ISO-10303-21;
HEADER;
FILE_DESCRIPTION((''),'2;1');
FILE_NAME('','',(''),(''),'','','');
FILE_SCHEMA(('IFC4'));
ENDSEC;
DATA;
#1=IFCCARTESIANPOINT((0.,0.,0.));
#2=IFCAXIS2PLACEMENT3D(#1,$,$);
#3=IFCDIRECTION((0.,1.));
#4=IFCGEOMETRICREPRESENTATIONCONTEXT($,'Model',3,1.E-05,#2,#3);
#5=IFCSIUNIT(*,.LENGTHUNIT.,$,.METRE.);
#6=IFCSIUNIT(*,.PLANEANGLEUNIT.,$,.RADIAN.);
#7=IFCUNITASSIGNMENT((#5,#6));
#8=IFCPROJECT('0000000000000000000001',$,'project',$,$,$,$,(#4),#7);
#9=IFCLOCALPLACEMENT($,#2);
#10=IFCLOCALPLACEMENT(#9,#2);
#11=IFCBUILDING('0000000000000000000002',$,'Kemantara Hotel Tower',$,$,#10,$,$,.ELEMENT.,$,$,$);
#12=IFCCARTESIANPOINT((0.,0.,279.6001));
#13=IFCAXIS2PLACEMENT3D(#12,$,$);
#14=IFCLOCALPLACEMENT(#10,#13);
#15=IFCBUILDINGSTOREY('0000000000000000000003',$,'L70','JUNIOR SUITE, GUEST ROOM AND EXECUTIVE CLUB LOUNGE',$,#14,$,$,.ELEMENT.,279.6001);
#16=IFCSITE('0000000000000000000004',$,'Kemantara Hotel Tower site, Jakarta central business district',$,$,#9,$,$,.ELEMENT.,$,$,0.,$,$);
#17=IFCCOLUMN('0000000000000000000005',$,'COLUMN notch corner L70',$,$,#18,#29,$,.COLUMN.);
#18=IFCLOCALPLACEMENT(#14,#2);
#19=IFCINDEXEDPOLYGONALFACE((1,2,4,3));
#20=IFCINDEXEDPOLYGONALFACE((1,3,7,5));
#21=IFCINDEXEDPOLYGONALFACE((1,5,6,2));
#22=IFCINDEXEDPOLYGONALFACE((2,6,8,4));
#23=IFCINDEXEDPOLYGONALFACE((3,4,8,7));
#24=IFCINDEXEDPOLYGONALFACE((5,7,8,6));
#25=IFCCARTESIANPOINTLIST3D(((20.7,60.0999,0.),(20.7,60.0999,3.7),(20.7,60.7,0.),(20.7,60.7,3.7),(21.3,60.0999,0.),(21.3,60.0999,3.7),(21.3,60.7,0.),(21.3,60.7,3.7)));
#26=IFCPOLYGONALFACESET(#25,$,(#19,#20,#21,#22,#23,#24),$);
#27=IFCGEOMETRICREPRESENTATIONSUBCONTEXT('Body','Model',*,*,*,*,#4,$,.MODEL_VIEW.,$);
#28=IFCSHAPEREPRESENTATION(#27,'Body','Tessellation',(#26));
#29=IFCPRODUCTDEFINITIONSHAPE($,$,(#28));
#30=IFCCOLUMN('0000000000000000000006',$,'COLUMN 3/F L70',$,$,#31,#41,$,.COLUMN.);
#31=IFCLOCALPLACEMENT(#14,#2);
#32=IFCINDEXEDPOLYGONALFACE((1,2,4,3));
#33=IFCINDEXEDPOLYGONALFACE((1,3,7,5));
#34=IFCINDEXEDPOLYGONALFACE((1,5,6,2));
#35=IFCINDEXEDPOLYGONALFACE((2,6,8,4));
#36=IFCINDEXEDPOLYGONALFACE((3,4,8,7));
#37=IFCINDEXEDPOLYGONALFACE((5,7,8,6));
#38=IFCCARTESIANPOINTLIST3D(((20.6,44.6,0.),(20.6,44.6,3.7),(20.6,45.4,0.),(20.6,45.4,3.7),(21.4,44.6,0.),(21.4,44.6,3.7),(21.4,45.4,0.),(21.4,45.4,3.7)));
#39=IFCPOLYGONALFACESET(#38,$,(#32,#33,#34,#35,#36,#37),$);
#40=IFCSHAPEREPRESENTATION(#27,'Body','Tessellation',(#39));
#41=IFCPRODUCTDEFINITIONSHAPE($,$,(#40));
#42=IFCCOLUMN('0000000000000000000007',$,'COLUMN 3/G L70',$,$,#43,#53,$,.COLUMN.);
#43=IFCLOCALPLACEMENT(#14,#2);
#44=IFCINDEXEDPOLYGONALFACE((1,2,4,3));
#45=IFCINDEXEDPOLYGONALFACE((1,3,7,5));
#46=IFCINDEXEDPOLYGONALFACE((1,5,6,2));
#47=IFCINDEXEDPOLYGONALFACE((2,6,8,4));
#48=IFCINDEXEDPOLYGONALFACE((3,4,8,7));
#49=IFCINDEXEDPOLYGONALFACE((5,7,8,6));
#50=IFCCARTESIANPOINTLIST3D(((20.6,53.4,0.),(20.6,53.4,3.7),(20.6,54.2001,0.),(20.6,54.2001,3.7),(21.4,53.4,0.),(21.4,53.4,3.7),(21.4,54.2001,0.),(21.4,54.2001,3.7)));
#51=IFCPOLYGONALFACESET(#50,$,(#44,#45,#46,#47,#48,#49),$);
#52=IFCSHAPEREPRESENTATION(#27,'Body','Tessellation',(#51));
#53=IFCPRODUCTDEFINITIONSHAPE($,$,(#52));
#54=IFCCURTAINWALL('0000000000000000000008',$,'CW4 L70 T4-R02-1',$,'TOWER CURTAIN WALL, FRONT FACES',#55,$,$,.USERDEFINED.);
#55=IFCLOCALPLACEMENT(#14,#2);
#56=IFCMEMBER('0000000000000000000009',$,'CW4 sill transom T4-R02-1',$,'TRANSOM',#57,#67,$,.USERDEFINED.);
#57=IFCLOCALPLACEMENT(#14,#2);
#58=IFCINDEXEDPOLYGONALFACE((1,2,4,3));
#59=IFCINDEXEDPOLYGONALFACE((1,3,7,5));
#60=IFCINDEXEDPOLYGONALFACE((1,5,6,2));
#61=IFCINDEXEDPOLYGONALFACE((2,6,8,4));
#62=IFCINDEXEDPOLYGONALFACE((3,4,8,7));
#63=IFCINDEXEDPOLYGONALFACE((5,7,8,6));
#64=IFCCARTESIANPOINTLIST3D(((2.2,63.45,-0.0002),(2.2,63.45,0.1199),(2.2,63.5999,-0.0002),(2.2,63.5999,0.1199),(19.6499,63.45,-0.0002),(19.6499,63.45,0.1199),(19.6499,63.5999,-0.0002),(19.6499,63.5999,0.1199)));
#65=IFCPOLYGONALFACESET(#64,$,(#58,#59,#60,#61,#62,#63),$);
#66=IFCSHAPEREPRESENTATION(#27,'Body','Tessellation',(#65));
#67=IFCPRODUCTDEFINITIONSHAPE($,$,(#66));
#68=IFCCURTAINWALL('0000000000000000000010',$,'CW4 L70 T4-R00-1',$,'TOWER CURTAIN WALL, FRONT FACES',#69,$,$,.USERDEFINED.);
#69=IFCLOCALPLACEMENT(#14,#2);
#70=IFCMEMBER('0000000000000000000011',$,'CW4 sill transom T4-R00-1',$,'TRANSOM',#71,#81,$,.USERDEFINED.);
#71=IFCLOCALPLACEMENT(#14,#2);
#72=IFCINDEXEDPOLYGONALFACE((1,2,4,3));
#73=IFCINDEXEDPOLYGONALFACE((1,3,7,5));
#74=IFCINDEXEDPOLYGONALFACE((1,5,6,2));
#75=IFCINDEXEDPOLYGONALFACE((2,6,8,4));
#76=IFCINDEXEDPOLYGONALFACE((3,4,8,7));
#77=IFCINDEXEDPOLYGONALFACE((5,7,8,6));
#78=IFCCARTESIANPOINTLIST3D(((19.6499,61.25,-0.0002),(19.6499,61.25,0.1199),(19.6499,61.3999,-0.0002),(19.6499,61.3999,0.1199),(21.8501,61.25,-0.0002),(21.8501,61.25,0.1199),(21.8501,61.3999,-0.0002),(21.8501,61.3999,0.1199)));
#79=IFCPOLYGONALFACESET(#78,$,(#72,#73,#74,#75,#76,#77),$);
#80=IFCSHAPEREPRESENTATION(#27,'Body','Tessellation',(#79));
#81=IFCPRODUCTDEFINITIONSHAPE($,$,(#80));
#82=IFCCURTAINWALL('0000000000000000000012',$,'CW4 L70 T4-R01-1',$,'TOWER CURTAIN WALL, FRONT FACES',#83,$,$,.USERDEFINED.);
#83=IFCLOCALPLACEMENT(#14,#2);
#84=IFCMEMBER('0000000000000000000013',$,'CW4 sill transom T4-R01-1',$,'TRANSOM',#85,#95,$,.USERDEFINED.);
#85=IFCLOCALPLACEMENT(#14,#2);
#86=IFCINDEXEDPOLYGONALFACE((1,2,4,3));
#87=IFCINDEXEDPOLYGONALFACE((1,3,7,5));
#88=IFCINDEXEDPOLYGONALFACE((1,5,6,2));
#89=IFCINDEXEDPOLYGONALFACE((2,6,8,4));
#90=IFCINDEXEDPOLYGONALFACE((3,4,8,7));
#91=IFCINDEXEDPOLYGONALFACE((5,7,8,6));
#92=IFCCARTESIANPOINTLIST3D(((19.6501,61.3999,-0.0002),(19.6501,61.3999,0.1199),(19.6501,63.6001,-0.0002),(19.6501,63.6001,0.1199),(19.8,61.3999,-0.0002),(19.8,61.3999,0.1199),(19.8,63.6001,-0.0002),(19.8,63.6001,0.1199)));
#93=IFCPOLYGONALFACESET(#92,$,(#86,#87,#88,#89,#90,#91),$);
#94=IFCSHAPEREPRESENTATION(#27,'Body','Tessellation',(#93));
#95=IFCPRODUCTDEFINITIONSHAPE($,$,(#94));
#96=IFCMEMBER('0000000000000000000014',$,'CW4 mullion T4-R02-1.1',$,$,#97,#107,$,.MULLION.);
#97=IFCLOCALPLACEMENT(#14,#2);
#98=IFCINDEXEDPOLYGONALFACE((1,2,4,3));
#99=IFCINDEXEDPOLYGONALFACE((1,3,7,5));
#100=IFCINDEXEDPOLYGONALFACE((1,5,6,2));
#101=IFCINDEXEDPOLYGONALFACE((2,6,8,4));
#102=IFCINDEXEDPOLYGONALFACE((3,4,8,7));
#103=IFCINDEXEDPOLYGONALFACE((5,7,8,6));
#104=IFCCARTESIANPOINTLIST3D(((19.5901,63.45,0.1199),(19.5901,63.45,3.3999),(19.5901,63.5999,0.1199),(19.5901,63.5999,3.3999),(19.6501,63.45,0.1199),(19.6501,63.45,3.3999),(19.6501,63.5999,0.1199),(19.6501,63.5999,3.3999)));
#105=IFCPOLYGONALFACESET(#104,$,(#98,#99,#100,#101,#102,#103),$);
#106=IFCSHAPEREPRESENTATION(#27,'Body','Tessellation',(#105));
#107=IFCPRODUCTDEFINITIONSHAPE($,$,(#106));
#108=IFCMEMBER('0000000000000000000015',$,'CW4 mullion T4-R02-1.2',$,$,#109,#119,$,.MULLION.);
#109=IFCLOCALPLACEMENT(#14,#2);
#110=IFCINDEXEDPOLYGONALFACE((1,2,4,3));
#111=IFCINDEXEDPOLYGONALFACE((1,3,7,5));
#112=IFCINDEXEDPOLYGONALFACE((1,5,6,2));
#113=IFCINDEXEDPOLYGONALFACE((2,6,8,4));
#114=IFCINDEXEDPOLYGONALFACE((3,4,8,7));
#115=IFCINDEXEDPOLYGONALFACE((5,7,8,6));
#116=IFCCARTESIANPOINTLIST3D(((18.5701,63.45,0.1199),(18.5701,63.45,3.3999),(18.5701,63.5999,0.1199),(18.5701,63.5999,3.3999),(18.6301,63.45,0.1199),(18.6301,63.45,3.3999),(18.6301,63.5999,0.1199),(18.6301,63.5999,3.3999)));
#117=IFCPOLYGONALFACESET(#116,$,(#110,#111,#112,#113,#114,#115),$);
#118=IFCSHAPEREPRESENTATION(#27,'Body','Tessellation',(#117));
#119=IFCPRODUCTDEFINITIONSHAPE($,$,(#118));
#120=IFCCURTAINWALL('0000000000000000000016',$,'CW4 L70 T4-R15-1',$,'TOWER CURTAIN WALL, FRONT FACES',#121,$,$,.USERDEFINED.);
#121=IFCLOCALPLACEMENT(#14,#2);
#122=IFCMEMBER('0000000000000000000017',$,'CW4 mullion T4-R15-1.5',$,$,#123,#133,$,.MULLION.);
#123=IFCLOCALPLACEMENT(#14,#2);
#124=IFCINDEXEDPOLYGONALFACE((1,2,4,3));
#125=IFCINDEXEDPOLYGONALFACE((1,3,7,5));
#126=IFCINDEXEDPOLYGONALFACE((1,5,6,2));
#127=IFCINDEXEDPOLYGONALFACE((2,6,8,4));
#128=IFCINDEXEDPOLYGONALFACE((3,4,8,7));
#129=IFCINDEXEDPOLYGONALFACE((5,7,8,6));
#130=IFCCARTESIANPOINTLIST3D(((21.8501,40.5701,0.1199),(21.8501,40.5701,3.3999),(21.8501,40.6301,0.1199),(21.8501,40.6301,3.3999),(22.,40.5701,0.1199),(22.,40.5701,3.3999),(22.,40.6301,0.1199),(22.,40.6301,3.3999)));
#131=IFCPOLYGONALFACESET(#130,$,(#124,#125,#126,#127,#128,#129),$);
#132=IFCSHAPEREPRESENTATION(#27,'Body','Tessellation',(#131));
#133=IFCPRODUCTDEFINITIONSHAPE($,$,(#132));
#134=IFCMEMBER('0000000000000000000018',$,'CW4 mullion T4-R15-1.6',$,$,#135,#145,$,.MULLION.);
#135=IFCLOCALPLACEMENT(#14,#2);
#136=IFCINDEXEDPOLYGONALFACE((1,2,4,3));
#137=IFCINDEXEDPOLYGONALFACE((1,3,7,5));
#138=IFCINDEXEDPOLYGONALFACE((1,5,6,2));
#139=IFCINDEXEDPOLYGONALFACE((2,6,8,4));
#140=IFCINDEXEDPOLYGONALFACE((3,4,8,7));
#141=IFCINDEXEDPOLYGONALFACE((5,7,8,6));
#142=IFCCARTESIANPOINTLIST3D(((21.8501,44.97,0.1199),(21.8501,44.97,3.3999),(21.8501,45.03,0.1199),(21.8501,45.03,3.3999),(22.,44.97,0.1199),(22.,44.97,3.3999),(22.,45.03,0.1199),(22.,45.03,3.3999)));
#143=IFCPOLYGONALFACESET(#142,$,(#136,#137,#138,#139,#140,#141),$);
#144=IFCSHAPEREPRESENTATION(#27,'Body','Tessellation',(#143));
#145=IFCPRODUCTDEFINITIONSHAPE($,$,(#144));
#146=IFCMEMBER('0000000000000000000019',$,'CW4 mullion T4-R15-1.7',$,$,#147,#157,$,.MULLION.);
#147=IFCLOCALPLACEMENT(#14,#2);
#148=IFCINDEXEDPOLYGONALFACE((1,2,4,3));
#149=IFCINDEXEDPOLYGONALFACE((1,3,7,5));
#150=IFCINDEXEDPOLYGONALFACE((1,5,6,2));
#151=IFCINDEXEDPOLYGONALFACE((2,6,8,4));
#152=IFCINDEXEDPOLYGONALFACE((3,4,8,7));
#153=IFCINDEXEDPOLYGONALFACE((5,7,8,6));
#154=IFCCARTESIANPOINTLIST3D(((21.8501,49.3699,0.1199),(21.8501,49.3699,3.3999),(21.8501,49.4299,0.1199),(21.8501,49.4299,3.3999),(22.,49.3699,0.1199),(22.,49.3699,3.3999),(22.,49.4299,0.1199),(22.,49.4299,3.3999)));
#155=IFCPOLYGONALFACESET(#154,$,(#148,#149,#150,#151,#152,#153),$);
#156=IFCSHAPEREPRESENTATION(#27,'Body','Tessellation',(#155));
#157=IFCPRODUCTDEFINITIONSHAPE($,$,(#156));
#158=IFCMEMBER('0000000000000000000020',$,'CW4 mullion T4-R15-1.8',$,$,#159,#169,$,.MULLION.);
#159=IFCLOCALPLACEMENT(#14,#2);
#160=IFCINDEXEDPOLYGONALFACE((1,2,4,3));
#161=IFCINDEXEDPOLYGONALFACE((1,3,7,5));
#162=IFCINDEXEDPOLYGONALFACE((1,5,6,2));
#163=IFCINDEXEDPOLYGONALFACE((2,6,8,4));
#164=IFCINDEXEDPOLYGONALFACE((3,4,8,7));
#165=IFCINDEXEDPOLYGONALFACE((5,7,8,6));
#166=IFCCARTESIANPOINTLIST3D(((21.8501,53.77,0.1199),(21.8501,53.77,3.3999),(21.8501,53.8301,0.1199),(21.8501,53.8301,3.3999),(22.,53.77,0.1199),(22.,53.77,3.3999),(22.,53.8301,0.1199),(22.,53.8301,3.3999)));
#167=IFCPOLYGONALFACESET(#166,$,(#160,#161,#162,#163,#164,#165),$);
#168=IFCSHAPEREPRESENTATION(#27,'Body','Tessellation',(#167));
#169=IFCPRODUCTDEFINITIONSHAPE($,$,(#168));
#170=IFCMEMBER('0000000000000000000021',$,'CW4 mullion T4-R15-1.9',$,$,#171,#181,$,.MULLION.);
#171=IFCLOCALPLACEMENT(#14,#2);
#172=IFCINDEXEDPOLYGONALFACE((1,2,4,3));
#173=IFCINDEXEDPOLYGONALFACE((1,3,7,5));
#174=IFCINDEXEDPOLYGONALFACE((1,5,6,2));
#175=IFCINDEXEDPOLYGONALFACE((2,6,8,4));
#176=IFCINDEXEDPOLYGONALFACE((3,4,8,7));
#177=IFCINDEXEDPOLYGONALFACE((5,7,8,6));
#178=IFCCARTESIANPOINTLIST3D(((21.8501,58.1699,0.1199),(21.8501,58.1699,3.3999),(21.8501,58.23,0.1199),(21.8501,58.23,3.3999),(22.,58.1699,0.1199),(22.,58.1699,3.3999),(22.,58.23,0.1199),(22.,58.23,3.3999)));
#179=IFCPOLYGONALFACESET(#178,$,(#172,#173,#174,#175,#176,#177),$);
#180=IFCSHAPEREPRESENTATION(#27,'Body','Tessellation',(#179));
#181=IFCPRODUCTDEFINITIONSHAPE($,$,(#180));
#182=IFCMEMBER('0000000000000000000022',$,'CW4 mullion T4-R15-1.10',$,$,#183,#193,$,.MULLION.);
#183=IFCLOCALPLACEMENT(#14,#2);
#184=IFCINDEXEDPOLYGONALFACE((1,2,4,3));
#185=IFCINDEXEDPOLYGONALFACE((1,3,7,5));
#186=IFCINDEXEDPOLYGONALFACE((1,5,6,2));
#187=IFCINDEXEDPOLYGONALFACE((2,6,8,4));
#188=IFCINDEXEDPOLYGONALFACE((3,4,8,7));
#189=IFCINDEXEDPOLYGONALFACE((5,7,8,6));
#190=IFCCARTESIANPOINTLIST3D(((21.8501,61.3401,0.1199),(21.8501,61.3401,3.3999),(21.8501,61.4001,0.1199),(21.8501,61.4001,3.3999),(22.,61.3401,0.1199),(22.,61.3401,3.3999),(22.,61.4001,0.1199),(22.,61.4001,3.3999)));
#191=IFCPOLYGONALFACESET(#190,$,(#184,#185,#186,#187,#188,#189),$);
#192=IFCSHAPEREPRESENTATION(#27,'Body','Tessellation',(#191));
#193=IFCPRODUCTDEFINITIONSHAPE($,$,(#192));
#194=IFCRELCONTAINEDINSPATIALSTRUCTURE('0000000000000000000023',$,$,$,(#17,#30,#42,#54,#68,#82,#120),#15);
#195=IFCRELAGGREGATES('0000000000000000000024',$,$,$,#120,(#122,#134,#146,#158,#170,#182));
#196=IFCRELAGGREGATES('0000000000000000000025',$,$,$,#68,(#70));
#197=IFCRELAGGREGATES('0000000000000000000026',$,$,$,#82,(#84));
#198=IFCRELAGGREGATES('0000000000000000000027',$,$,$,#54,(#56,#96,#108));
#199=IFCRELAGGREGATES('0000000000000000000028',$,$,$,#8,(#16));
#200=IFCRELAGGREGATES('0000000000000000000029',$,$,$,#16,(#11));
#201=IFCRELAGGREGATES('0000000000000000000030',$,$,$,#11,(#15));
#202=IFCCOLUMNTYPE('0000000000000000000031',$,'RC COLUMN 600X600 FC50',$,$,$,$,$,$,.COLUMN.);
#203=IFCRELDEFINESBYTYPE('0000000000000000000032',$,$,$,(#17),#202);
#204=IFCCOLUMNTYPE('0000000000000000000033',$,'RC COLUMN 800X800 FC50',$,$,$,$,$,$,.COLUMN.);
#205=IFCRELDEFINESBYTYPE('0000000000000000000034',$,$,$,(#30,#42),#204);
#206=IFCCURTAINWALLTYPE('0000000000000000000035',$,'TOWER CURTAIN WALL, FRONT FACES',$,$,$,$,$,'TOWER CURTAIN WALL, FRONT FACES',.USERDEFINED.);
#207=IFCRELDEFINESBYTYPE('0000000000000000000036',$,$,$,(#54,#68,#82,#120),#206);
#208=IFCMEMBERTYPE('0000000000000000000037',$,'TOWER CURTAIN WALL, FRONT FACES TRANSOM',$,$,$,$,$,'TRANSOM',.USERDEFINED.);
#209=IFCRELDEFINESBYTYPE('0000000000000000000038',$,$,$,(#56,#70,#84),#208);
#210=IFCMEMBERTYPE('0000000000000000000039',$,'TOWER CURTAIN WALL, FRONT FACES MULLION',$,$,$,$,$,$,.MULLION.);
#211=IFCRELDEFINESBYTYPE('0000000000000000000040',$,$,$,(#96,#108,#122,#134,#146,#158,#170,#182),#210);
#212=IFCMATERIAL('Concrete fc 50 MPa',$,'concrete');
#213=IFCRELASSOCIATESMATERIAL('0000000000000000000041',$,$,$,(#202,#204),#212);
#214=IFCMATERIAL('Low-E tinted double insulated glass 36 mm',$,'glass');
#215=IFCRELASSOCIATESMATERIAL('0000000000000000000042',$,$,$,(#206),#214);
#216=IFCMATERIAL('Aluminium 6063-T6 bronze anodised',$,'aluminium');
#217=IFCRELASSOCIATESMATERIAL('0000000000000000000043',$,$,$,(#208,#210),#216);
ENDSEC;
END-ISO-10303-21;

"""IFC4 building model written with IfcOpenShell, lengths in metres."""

from ifc_helpers import new_model, si_unit, direction, frame, origin, origin_2d, place, context, subcontext, project, spatial, rectangle, extrude, source, transform, mapped, material, material_profile, profile_set, type_object, element, aggregate, save


model = new_model("IFC4")

# Units and contexts
model_context = context("Model", 3, precision=1e-05, world=origin(), true_north=direction((0.0, 1.0)))
body_context = subcontext(model_context, "Body", "Model", "MODEL_VIEW")
ifc_project = project(units=[si_unit("LENGTHUNIT", "METRE"), si_unit("PLANEANGLEUNIT", "RADIAN")], contexts=[model_context])

# Site, building, storey
site_placement = place(None, origin())
site = spatial("IfcSite", under=ifc_project, at=site_placement, Name="Kemantara Hotel Tower site, Jakarta central business district", CompositionType="ELEMENT", RefElevation=0.0)
building_placement = place(site_placement, origin())
building = spatial("IfcBuilding", under=site, at=building_placement, Name="Kemantara Hotel Tower", CompositionType="ELEMENT")
storey_placement = place(building_placement, frame((0.0, 0.0, 279.6001)))
storey = spatial("IfcBuildingStorey", under=building, at=storey_placement, Name="L70", Description="JUNIOR SUITE, GUEST ROOM AND EXECUTIVE CLUB LOUNGE", CompositionType="ELEMENT", Elevation=279.6001)

# Columns
ifc_material_1 = material(Name="Concrete fc 50 MPa", Category="concrete")
ifc_material_profile_1 = material_profile(ifc_material_1, rectangle(XDim=0.6001, YDim=0.6001, at=origin_2d()), Name="RC 600X600")
ifc_profile_set_1 = profile_set([ifc_material_profile_1], Name="Concrete fc 50 MPa")
column_type_1 = type_object("IfcColumnType", Name="RC COLUMN 600X600 FC50", PredefinedType="COLUMN", material=ifc_profile_set_1)
column_placement = place(storey_placement, frame((21.0, 60.3999, 0.0), z_axis=(0.0, 0.0, 1.0), x_axis=(1.0, 0.0, 0.0)))
element("IfcColumn", 1, at=column_placement, inside=storey, type_object=column_type_1, Name="COLUMN notch corner L70", PredefinedType="COLUMN", context=body_context, shape_type="SweptSolid", body=[
    extrude(rectangle(XDim=0.6001, YDim=0.6001, at=origin_2d()), origin(), (0.0, 0.0, 1.0), 3.7),
])
ifc_material_profile_2 = material_profile(ifc_material_1, rectangle(XDim=0.8, YDim=0.8, at=origin_2d()), Name="RC 800X800")
ifc_profile_set_2 = profile_set([ifc_material_profile_2], Name="Concrete fc 50 MPa")
column_type_2 = type_object("IfcColumnType", Name="RC COLUMN 800X800 FC50", PredefinedType="COLUMN", material=ifc_profile_set_2)
for number, where, z_axis, x_axis, name in (
    (2, (21.0, 45.0, 0.0), (0.0, 0.0, 1.0), (1.0, 0.0, 0.0), "COLUMN 3/F L70"),
    (3, (21.0, 53.8, 0.0), (0.0, 0.0, 1.0), (1.0, 0.0, 0.0), "COLUMN 3/G L70"),
):
    element("IfcColumn", number, at=place(storey_placement, frame(where, z_axis=z_axis, x_axis=x_axis)), inside=storey, type_object=column_type_2, Name=name, PredefinedType="COLUMN", context=body_context, shape_type="SweptSolid", body=[
        extrude(rectangle(XDim=0.8, YDim=0.8, at=origin_2d()), origin(), (0.0, 0.0, 1.0), 3.7),
    ])

# Curtain walls, members
ifc_material_2 = material(Name="Low-E tinted double insulated glass 36 mm", Category="glass")
curtain_wall_type = type_object("IfcCurtainWallType", Name="TOWER CURTAIN WALL, FRONT FACES", ElementType="TOWER CURTAIN WALL, FRONT FACES", PredefinedType="USERDEFINED", material=ifc_material_2)
curtain_wall_1_placement = place(storey_placement, origin())
curtain_wall_1 = element("IfcCurtainWall", 4, at=curtain_wall_1_placement, inside=storey, type_object=curtain_wall_type, Name="CW4 L70 T4-R02-1", ObjectType="TOWER CURTAIN WALL, FRONT FACES", PredefinedType="USERDEFINED")
ifc_material_3 = material(Name="Aluminium 6063-T6 bronze anodised", Category="aluminium")
ifc_material_profile_3 = material_profile(ifc_material_3, rectangle(XDim=0.1499, YDim=0.1201, at=origin_2d()), Name="TOWER CURTAIN WALL, FRONT FACES TRANSOM")
ifc_profile_set_3 = profile_set([ifc_material_profile_3], Name="Aluminium 6063-T6 bronze anodised")
member_type_1 = type_object("IfcMemberType", Name="TOWER CURTAIN WALL, FRONT FACES TRANSOM", ElementType="TRANSOM", PredefinedType="USERDEFINED", material=ifc_profile_set_3)
member_1_placement = place(storey_placement, frame((19.6499, 63.5249, 0.0598), z_axis=(-1.0, 0.0, 0.0), x_axis=(0.0, -1.0, 0.0)))
member_1 = element("IfcMember", 5, at=member_1_placement, type_object=member_type_1, Name="CW4 sill transom T4-R02-1", ObjectType="TRANSOM", PredefinedType="USERDEFINED", context=body_context, shape_type="SweptSolid", body=[
    extrude(rectangle(XDim=0.1499, YDim=0.1201, at=origin_2d()), origin(), (0.0, 0.0, 1.0), 17.45),
])
curtain_wall_2_placement = place(storey_placement, origin())
curtain_wall_2 = element("IfcCurtainWall", 6, at=curtain_wall_2_placement, inside=storey, type_object=curtain_wall_type, Name="CW4 L70 T4-R00-1", ObjectType="TOWER CURTAIN WALL, FRONT FACES", PredefinedType="USERDEFINED")
member_2_placement = place(storey_placement, frame((21.8501, 61.325, 0.0598), z_axis=(-1.0, 0.0, 0.0), x_axis=(0.0, -1.0, 0.0)))
member_2 = element("IfcMember", 7, at=member_2_placement, type_object=member_type_1, Name="CW4 sill transom T4-R00-1", ObjectType="TRANSOM", PredefinedType="USERDEFINED", context=body_context, shape_type="SweptSolid", body=[
    extrude(rectangle(XDim=0.1499, YDim=0.1201, at=origin_2d()), origin(), (0.0, 0.0, 1.0), 2.2002),
])
curtain_wall_3_placement = place(storey_placement, origin())
curtain_wall_3 = element("IfcCurtainWall", 8, at=curtain_wall_3_placement, inside=storey, type_object=curtain_wall_type, Name="CW4 L70 T4-R01-1", ObjectType="TOWER CURTAIN WALL, FRONT FACES", PredefinedType="USERDEFINED")
member_3_placement = place(storey_placement, frame((19.7251, 61.3999, 0.0598), z_axis=(0.0, 1.0, 0.0), x_axis=(-1.0, 0.0, 0.0)))
member_3 = element("IfcMember", 9, at=member_3_placement, type_object=member_type_1, Name="CW4 sill transom T4-R01-1", ObjectType="TRANSOM", PredefinedType="USERDEFINED", context=body_context, shape_type="SweptSolid", body=[
    extrude(rectangle(XDim=0.1499, YDim=0.1201, at=origin_2d()), origin(), (0.0, 0.0, 1.0), 2.2002),
])

# Members
ifc_material_profile_4 = material_profile(ifc_material_3, rectangle(XDim=0.1499, YDim=0.0601, at=origin_2d()), Name="TOWER CURTAIN WALL, FRONT FACES MULLION")
ifc_profile_set_4 = profile_set([ifc_material_profile_4], Name="Aluminium 6063-T6 bronze anodised")
member_type_2 = type_object("IfcMemberType", Name="TOWER CURTAIN WALL, FRONT FACES MULLION", PredefinedType="MULLION", material=ifc_profile_set_4)
shared_shape_1 = source(origin(), body_context, "Body", "SweptSolid", [
    extrude(rectangle(XDim=0.1499, YDim=0.0601, at=origin_2d()), origin(), (0.0, 0.0, 1.0), 3.28),
])
member_4_placement = place(storey_placement, frame((19.6201, 63.5249, 0.1199), z_axis=(0.0, 0.0, 1.0), x_axis=(0.0, -1.0, 0.0)))
member_4 = element("IfcMember", 10, at=member_4_placement, type_object=member_type_2, Name="CW4 mullion T4-R02-1.1", PredefinedType="MULLION", context=body_context, shape_type="MappedRepresentation", body=[
    mapped(shared_shape_1, transform((0.0, 0.0, 0.0))),
])
member_5_placement = place(storey_placement, frame((18.6001, 63.5249, 0.1199), z_axis=(0.0, 0.0, 1.0), x_axis=(0.0, -1.0, 0.0)))
member_5 = element("IfcMember", 11, at=member_5_placement, type_object=member_type_2, Name="CW4 mullion T4-R02-1.2", PredefinedType="MULLION", context=body_context, shape_type="MappedRepresentation", body=[
    mapped(shared_shape_1, transform((0.0, 0.0, 0.0))),
])

# Curtain wall, members
curtain_wall_4_placement = place(storey_placement, origin())
curtain_wall_4 = element("IfcCurtainWall", 12, at=curtain_wall_4_placement, inside=storey, type_object=curtain_wall_type, Name="CW4 L70 T4-R15-1", ObjectType="TOWER CURTAIN WALL, FRONT FACES", PredefinedType="USERDEFINED")
member_6_placement = place(storey_placement, frame((21.925, 40.6001, 0.1199), z_axis=(0.0, 0.0, 1.0), x_axis=(-1.0, 0.0, 0.0)))
member_6 = element("IfcMember", 13, at=member_6_placement, type_object=member_type_2, Name="CW4 mullion T4-R15-1.5", PredefinedType="MULLION", context=body_context, shape_type="MappedRepresentation", body=[
    mapped(shared_shape_1, transform((0.0, 0.0, 0.0))),
])
member_7_placement = place(storey_placement, frame((21.925, 45.0, 0.1199), z_axis=(0.0, 0.0, 1.0), x_axis=(-1.0, 0.0, 0.0)))
member_7 = element("IfcMember", 14, at=member_7_placement, type_object=member_type_2, Name="CW4 mullion T4-R15-1.6", PredefinedType="MULLION", context=body_context, shape_type="MappedRepresentation", body=[
    mapped(shared_shape_1, transform((0.0, 0.0, 0.0))),
])
member_8_placement = place(storey_placement, frame((21.925, 49.3999, 0.1199), z_axis=(0.0, 0.0, 1.0), x_axis=(-1.0, 0.0, 0.0)))
member_8 = element("IfcMember", 15, at=member_8_placement, type_object=member_type_2, Name="CW4 mullion T4-R15-1.7", PredefinedType="MULLION", context=body_context, shape_type="MappedRepresentation", body=[
    mapped(shared_shape_1, transform((0.0, 0.0, 0.0))),
])
member_9_placement = place(storey_placement, frame((21.925, 53.8, 0.1199), z_axis=(0.0, 0.0, 1.0), x_axis=(-1.0, 0.0, 0.0)))
member_9 = element("IfcMember", 16, at=member_9_placement, type_object=member_type_2, Name="CW4 mullion T4-R15-1.8", PredefinedType="MULLION", context=body_context, shape_type="MappedRepresentation", body=[
    mapped(shared_shape_1, transform((0.0, 0.0, 0.0))),
])
member_10_placement = place(storey_placement, frame((21.925, 58.2, 0.1199), z_axis=(0.0, 0.0, 1.0), x_axis=(-1.0, 0.0, 0.0)))
member_10 = element("IfcMember", 17, at=member_10_placement, type_object=member_type_2, Name="CW4 mullion T4-R15-1.9", PredefinedType="MULLION", context=body_context, shape_type="MappedRepresentation", body=[
    mapped(shared_shape_1, transform((0.0, 0.0, 0.0))),
])
member_11_placement = place(storey_placement, frame((21.925, 61.3701, 0.1199), z_axis=(0.0, 0.0, 1.0), x_axis=(-1.0, 0.0, 0.0)))
member_11 = element("IfcMember", 18, at=member_11_placement, type_object=member_type_2, Name="CW4 mullion T4-R15-1.10", PredefinedType="MULLION", context=body_context, shape_type="MappedRepresentation", body=[
    mapped(shared_shape_1, transform((0.0, 0.0, 0.0))),
])

aggregate(curtain_wall_4, [member_6, member_7, member_8, member_9, member_10, member_11])
aggregate(curtain_wall_2, [member_2])
aggregate(curtain_wall_3, [member_3])
aggregate(curtain_wall_1, [member_1, member_4, member_5])

save(model, "model.ifc")
